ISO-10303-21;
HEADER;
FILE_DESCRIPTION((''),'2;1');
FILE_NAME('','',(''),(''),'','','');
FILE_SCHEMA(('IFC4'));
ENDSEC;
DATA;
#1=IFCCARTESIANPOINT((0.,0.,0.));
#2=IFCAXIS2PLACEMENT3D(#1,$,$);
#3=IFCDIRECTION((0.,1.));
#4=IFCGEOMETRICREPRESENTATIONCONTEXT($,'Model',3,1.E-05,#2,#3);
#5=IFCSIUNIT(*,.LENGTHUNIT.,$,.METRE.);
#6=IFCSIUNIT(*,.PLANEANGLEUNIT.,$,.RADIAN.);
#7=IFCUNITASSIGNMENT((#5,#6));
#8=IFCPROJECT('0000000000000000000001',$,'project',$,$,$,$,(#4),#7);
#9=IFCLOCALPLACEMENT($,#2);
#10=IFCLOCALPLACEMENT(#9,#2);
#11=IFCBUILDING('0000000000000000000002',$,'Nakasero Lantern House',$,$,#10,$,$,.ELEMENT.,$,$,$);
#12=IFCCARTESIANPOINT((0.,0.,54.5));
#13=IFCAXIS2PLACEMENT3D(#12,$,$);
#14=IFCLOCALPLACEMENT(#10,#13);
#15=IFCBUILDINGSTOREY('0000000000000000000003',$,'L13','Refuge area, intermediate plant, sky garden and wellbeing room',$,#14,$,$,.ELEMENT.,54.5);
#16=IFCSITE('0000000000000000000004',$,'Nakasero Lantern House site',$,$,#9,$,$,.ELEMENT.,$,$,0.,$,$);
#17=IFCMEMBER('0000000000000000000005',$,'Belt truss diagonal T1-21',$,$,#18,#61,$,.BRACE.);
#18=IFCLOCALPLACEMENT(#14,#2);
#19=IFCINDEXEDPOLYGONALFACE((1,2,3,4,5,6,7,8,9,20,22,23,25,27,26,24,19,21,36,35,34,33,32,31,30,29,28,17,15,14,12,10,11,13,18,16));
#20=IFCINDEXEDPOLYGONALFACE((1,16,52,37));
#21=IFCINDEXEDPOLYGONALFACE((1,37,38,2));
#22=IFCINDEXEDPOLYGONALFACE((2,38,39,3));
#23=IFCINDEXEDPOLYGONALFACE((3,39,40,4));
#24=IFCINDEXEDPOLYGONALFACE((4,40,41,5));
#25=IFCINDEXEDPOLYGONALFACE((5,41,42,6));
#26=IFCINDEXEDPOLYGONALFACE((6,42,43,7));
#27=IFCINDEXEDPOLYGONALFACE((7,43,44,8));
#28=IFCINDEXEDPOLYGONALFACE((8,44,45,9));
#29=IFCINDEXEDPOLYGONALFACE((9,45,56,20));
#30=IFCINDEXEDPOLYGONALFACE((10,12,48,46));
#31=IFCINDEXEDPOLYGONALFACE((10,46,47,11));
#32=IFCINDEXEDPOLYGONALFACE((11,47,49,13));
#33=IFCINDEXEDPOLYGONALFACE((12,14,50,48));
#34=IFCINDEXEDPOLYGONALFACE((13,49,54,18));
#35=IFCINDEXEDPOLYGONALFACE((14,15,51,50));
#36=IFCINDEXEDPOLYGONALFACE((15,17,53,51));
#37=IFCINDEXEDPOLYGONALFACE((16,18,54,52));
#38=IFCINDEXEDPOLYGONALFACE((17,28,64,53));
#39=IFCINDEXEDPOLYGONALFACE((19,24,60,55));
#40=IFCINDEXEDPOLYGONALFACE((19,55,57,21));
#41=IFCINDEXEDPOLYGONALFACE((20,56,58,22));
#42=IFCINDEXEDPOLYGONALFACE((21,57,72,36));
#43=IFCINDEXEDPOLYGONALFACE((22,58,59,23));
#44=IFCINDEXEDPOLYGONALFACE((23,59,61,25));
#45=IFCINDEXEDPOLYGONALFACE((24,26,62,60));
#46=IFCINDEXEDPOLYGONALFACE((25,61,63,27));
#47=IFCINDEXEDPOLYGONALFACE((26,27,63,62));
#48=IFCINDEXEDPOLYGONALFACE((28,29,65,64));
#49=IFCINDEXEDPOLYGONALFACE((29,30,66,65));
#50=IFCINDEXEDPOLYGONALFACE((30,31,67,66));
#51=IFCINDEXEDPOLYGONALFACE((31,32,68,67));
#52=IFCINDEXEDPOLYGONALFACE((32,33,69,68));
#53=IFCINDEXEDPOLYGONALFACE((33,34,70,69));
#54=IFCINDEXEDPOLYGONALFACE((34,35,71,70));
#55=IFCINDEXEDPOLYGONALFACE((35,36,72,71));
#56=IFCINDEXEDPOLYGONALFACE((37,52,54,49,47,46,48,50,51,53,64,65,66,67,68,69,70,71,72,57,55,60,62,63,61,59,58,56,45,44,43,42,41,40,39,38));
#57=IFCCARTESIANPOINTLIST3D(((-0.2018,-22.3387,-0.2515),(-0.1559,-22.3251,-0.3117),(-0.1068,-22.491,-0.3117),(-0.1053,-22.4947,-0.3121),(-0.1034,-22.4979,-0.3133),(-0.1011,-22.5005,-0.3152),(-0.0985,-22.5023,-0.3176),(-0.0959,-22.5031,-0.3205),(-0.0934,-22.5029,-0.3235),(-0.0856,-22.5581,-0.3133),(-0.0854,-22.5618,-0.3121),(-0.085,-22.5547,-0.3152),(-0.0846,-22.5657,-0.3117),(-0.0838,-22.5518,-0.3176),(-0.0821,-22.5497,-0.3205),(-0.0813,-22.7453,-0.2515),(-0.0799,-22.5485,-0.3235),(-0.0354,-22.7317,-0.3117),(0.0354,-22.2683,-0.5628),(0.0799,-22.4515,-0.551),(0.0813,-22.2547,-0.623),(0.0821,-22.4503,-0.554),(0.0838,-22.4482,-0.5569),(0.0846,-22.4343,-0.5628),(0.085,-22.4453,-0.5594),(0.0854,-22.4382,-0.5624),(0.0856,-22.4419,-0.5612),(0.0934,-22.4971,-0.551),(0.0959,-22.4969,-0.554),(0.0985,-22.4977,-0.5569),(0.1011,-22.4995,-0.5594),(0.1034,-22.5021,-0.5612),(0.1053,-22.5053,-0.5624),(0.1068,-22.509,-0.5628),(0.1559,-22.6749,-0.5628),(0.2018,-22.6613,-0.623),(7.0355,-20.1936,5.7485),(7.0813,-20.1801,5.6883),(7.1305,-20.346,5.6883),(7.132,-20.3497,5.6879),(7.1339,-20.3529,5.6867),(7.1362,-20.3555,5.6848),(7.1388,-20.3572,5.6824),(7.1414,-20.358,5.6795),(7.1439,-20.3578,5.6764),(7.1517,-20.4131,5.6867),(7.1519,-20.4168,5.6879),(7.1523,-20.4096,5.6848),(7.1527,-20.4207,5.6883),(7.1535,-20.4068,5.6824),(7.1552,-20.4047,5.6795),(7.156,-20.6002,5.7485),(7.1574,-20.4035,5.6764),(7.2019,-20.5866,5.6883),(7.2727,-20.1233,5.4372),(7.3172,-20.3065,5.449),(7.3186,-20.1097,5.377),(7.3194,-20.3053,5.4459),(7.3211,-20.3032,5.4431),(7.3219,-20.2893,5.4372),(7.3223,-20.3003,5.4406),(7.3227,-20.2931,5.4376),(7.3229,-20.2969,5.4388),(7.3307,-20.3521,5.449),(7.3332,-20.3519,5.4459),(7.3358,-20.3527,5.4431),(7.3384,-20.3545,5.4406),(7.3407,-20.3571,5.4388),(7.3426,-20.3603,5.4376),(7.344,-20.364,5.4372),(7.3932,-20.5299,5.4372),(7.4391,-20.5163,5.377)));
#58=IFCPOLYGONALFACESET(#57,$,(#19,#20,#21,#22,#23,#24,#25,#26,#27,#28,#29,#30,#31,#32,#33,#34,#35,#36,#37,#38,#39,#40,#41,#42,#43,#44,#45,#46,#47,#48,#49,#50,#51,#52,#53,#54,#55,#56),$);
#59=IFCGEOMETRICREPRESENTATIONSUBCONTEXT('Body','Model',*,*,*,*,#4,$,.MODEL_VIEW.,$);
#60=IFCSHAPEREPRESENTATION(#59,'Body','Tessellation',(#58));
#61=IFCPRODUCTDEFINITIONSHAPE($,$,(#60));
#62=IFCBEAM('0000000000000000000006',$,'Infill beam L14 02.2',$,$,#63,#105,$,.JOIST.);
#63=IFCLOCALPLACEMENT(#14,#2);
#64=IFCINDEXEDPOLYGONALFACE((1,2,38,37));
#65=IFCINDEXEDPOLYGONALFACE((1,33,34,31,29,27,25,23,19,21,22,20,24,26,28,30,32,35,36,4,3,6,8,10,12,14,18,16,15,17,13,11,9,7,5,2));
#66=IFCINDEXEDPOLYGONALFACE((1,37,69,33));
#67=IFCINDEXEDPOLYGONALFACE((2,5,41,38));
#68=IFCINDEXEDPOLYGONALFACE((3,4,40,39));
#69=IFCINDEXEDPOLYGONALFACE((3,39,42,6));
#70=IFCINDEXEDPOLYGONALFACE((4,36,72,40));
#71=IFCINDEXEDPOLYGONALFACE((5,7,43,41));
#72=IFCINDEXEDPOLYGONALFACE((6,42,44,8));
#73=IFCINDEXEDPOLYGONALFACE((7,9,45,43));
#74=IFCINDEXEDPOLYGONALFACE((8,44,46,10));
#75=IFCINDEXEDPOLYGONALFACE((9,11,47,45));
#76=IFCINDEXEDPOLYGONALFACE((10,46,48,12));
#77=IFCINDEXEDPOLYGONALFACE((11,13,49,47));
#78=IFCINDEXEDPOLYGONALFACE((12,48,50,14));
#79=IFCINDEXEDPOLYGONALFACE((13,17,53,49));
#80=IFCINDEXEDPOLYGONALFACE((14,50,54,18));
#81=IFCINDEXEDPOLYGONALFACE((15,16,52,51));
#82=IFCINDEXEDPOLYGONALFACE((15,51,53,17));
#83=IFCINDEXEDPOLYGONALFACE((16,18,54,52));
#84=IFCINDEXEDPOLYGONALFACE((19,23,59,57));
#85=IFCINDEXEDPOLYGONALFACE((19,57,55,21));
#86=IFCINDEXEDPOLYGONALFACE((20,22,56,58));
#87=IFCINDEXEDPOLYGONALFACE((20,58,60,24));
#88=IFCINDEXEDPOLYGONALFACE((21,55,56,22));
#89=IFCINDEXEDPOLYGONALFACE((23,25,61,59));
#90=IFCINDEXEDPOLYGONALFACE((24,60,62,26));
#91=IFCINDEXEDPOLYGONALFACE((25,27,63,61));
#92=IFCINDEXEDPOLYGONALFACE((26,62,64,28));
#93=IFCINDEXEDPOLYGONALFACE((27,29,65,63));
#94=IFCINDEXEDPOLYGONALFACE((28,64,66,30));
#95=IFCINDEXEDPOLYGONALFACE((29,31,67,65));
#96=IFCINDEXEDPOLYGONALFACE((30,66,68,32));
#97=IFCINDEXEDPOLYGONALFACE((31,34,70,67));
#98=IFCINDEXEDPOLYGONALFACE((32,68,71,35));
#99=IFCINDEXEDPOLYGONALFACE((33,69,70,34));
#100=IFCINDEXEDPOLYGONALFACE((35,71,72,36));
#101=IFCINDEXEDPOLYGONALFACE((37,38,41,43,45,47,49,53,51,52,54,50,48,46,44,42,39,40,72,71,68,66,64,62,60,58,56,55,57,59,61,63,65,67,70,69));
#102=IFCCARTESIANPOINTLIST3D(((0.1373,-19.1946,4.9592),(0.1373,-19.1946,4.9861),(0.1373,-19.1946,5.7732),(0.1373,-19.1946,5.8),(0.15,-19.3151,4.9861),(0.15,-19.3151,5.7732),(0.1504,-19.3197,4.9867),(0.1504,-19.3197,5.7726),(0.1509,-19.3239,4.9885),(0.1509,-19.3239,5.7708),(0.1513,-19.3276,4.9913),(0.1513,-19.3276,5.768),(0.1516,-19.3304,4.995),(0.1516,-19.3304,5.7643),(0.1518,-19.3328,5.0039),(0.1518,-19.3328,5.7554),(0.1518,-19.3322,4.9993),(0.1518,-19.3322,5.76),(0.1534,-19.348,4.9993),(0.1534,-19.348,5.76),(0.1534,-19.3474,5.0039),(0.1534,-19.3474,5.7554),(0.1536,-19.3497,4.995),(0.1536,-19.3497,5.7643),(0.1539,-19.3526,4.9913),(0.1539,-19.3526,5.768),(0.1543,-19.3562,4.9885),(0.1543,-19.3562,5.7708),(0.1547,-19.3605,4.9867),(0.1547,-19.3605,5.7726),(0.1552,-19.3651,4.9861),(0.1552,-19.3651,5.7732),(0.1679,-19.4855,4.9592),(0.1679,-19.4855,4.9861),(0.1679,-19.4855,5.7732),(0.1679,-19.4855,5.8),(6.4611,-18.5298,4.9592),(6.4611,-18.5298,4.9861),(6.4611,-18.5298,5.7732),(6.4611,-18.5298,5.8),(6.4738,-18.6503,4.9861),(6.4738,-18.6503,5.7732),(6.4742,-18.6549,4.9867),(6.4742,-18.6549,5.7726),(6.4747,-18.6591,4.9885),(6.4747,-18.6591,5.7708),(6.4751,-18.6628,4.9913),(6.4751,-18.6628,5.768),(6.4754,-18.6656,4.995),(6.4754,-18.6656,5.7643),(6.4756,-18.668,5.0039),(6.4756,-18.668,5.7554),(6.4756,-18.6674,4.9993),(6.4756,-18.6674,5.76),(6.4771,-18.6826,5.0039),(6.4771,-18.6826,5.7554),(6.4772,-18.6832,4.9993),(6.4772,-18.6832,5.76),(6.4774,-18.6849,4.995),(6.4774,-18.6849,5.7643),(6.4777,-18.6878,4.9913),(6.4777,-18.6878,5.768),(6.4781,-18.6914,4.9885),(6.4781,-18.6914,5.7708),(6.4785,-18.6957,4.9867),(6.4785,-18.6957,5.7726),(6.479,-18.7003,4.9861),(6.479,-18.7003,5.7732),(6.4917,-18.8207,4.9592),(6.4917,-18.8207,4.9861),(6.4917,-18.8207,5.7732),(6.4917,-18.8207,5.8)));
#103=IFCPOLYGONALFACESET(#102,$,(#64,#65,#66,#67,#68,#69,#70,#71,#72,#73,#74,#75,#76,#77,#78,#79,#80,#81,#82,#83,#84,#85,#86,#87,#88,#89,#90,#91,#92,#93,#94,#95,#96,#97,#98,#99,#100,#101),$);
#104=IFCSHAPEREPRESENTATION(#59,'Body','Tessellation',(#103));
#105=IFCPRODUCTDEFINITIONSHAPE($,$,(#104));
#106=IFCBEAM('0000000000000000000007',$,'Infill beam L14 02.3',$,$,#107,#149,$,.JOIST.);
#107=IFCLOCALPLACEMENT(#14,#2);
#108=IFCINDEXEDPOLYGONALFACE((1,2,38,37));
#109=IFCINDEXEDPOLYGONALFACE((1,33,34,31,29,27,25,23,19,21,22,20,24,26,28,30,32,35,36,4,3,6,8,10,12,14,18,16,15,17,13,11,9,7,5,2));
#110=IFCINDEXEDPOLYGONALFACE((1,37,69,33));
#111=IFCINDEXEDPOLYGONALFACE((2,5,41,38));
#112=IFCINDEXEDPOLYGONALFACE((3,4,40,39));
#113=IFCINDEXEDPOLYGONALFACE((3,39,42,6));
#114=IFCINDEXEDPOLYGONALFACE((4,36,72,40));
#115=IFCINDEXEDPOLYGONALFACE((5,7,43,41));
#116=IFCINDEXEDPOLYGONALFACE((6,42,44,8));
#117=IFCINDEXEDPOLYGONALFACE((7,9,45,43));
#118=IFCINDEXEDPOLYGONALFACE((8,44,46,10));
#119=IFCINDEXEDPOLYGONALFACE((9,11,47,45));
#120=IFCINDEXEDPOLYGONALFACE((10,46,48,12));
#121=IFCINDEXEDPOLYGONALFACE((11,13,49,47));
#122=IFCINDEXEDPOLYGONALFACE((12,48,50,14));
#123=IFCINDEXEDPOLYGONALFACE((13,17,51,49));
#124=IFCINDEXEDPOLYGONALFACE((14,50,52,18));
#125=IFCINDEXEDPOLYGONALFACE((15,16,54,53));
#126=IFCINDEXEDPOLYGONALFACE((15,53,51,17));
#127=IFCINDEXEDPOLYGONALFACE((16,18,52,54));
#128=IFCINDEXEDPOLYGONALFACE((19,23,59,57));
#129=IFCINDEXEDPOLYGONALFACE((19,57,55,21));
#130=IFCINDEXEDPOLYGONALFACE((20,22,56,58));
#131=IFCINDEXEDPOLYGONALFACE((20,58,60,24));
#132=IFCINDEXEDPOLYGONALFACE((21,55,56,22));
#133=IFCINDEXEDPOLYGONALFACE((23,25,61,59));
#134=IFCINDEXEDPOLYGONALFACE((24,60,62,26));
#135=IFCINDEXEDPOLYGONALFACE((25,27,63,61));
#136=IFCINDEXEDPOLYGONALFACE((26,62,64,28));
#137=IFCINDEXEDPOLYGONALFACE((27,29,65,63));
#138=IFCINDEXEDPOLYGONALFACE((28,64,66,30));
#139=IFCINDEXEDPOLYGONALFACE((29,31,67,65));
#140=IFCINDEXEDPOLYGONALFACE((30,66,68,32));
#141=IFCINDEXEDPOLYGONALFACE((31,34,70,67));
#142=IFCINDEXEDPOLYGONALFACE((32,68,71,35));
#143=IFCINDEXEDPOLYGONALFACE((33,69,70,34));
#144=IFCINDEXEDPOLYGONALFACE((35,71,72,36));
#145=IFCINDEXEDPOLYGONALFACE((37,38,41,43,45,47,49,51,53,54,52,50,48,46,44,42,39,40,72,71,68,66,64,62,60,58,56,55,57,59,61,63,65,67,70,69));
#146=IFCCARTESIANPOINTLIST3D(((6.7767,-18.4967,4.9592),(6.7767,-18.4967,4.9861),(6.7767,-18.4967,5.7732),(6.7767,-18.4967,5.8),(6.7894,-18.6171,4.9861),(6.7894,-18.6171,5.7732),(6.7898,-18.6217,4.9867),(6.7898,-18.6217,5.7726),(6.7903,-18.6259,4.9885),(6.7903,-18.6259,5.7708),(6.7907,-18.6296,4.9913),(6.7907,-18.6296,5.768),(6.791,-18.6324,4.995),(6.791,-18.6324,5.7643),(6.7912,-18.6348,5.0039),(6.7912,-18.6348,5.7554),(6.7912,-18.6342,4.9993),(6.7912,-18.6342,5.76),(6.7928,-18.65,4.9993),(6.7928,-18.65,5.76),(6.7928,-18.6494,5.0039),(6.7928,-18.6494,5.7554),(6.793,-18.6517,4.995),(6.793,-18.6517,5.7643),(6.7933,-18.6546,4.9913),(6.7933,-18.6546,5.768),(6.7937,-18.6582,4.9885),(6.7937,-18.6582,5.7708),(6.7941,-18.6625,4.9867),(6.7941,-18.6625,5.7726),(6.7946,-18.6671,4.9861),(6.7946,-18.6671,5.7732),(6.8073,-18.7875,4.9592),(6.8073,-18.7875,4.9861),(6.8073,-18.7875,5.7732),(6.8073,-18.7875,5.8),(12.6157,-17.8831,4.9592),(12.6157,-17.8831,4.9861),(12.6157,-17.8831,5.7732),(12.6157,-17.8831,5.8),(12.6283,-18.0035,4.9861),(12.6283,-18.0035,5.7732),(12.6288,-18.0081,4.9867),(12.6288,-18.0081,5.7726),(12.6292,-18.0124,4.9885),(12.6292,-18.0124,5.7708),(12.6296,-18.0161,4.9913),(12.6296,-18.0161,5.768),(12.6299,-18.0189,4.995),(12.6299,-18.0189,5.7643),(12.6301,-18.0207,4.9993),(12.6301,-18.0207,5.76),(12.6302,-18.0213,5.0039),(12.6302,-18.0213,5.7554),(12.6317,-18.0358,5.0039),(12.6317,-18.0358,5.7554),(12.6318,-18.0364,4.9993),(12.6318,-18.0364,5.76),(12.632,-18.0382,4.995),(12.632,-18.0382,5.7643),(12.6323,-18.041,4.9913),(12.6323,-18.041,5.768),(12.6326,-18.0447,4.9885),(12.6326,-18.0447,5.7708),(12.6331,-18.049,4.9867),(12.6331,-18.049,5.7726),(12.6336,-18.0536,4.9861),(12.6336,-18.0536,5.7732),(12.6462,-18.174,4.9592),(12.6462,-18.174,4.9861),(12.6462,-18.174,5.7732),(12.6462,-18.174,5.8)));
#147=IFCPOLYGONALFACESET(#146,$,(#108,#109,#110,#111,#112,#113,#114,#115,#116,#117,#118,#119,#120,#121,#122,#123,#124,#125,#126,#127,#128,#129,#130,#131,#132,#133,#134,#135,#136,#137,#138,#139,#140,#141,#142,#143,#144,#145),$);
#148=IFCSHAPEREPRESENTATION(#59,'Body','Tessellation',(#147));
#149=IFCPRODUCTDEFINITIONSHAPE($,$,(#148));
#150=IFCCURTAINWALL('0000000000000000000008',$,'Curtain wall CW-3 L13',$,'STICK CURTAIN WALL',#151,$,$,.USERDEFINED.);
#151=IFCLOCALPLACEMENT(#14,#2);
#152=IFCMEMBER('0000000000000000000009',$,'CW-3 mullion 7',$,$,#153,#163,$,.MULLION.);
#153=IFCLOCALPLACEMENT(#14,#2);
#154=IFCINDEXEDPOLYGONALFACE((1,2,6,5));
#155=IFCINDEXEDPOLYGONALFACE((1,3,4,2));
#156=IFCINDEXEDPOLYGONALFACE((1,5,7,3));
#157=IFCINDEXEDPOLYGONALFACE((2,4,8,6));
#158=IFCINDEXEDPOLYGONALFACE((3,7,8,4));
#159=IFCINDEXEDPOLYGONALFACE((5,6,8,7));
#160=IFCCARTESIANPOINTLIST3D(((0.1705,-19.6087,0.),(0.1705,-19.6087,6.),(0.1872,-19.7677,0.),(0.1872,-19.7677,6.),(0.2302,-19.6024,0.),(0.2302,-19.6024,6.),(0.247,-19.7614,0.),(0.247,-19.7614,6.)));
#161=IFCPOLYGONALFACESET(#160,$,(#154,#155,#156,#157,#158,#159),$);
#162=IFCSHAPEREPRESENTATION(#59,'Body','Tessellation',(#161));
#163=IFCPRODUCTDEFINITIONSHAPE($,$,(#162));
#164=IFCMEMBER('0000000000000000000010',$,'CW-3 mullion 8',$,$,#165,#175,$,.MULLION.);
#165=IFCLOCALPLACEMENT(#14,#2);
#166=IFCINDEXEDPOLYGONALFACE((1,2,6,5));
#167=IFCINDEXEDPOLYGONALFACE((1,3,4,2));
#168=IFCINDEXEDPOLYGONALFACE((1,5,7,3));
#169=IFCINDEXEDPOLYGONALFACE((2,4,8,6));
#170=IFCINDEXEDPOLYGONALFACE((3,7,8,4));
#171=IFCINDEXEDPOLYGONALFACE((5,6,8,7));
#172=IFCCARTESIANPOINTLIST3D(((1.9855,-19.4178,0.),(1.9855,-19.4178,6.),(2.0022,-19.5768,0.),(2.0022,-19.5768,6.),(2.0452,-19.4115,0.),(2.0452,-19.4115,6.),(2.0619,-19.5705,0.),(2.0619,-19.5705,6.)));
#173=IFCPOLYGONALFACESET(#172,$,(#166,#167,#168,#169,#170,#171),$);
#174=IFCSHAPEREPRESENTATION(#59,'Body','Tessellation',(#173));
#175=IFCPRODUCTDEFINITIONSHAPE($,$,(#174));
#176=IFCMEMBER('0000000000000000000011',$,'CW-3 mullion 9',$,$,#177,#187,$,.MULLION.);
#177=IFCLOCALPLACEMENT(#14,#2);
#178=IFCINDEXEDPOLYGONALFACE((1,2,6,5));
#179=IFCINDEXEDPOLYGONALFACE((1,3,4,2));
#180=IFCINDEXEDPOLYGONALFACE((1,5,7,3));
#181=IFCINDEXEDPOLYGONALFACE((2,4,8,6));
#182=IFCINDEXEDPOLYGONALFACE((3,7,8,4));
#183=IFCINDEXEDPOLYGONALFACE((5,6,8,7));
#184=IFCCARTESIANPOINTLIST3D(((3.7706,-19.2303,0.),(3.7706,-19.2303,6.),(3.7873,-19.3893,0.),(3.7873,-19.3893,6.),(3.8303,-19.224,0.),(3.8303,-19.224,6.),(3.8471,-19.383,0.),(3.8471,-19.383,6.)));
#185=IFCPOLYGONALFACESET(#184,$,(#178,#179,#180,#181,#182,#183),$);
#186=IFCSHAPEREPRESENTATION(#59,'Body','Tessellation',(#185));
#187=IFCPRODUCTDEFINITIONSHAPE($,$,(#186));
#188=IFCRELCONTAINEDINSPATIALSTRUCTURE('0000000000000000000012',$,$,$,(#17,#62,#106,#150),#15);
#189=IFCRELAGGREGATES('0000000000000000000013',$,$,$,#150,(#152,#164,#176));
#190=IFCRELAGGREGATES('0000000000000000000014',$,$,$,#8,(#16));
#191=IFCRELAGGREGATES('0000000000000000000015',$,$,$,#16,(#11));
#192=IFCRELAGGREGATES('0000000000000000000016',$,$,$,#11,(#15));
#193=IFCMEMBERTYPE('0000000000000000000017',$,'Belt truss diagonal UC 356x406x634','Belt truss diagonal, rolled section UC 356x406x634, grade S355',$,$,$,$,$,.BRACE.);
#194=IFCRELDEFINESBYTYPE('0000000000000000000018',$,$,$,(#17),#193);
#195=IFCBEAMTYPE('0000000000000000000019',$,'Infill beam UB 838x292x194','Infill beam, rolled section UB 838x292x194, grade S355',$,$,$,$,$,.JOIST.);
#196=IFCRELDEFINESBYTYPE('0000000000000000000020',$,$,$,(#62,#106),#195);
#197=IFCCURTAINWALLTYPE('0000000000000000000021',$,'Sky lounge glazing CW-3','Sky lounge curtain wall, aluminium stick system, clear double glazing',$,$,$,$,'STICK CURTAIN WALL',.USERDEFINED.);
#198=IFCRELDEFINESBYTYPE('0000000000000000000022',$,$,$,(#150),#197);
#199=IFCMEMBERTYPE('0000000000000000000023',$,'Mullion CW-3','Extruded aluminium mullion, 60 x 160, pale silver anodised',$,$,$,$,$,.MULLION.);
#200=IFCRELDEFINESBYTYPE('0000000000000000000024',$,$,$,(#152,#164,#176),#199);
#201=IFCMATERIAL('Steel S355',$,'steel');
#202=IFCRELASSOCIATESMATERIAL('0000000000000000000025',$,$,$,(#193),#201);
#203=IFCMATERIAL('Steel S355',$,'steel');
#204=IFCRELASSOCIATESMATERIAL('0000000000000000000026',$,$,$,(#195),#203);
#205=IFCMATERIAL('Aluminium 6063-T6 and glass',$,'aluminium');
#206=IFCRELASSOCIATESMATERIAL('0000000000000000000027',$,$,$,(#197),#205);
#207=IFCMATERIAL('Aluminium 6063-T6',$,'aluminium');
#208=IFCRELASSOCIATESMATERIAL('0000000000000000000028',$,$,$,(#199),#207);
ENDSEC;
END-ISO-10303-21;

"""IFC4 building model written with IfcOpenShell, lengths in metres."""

from ifc_helpers import new_model, si_unit, direction, frame, origin, origin_2d, place, context, subcontext, project, spatial, rectangle, i_section, extrude, material, material_profile, profile_set, type_object, element, aggregate, save


model = new_model("IFC4")

# Units and contexts
model_context = context("Model", 3, precision=1e-05, world=origin(), true_north=direction((0.0, 1.0)))
body_context = subcontext(model_context, "Body", "Model", "MODEL_VIEW")
ifc_project = project(units=[si_unit("LENGTHUNIT", "METRE"), si_unit("PLANEANGLEUNIT", "RADIAN")], contexts=[model_context])

# Site, building, storey
site_placement = place(None, origin())
site = spatial("IfcSite", under=ifc_project, at=site_placement, Name="Nakasero Lantern House site", CompositionType="ELEMENT", RefElevation=0.0)
building_placement = place(site_placement, origin())
building = spatial("IfcBuilding", under=site, at=building_placement, Name="Nakasero Lantern House", CompositionType="ELEMENT")
storey_placement = place(building_placement, frame((0.0, 0.0, 54.5)))
storey = spatial("IfcBuildingStorey", under=building, at=storey_placement, Name="L13", Description="Refuge area, intermediate plant, sky garden and wellbeing room", CompositionType="ELEMENT", Elevation=54.5)

# Member
ifc_material_1 = material(Name="Steel S355", Category="steel")
ifc_material_profile_1 = material_profile(ifc_material_1, i_section(OverallWidth=0.4241, OverallDepth=0.4746, WebThickness=0.0476, FlangeThickness=0.0769, FilletRadius=0.0151, at=origin_2d()), Name="UC 356x406x634")
ifc_profile_set_1 = profile_set([ifc_material_profile_1], Name="Steel S355")
member_type_1 = type_object("IfcMemberType", Name="Belt truss diagonal UC 356x406x634", Description="Belt truss diagonal, rolled section UC 356x406x634, grade S355", PredefinedType="BRACE", material=ifc_profile_set_1)
member_1_placement = place(storey_placement, frame((0.0, -22.5, -0.4373), z_axis=(0.750556, 0.222452, 0.622239), x_axis=(-0.284165, 0.958775, 0.0)))
element("IfcMember", 1, at=member_1_placement, inside=storey, type_object=member_type_1, Name="Belt truss diagonal T1-21", PredefinedType="BRACE", context=body_context, shape_type="SweptSolid", body=[
    extrude(i_section(OverallWidth=0.4241, OverallDepth=0.4746, WebThickness=0.0476, FlangeThickness=0.0769, FilletRadius=0.0151, at=origin_2d()), origin(), (0.0, 0.0, 1.0), 9.6426),
])

# Beams
ifc_material_2 = material(Name="Steel S355", Category="steel")
ifc_material_profile_2 = material_profile(ifc_material_2, i_section(OverallWidth=0.2925, OverallDepth=0.8408, WebThickness=0.0146, FlangeThickness=0.0269, FilletRadius=0.0178, at=origin_2d()), Name="UB 838x292x194")
ifc_profile_set_2 = profile_set([ifc_material_profile_2], Name="Steel S355")
beam_type_1 = type_object("IfcBeamType", Name="Infill beam UB 838x292x194", Description="Infill beam, rolled section UB 838x292x194, grade S355", PredefinedType="JOIST", material=ifc_profile_set_2)
beam_1_placement = place(storey_placement, frame((0.1526, -19.3401, 5.3796), z_axis=(0.99452, 0.104551, 0.0), x_axis=(-0.104551, 0.99452, 0.0)))
element("IfcBeam", 2, at=beam_1_placement, inside=storey, type_object=beam_type_1, Name="Infill beam L14 02.2", PredefinedType="JOIST", context=body_context, shape_type="SweptSolid", body=[
    extrude(i_section(OverallWidth=0.2925, OverallDepth=0.8408, WebThickness=0.0146, FlangeThickness=0.0269, FilletRadius=0.0178, at=origin_2d()), origin(), (0.0, 0.0, 1.0), 6.3586),
])
beam_2_placement = place(storey_placement, frame((6.792, -18.6421, 5.3796), z_axis=(0.994525, 0.104501, 0.0), x_axis=(-0.104501, 0.994525, 0.0)))
element("IfcBeam", 3, at=beam_2_placement, inside=storey, type_object=beam_type_1, Name="Infill beam L14 02.3", PredefinedType="JOIST", context=body_context, shape_type="SweptSolid", body=[
    extrude(i_section(OverallWidth=0.2925, OverallDepth=0.8408, WebThickness=0.0146, FlangeThickness=0.0269, FilletRadius=0.0178, at=origin_2d()), origin(), (0.0, 0.0, 1.0), 5.8711),
])

# Curtain wall, members
ifc_material_3 = material(Name="Aluminium 6063-T6 and glass", Category="aluminium")
curtain_wall_type = type_object("IfcCurtainWallType", Name="Sky lounge glazing CW-3", Description="Sky lounge curtain wall, aluminium stick system, clear double glazing", ElementType="STICK CURTAIN WALL", PredefinedType="USERDEFINED", material=ifc_material_3)
curtain_wall_1_placement = place(storey_placement, origin())
curtain_wall_1 = element("IfcCurtainWall", 4, at=curtain_wall_1_placement, inside=storey, type_object=curtain_wall_type, Name="Curtain wall CW-3 L13", ObjectType="STICK CURTAIN WALL", PredefinedType="USERDEFINED")
ifc_material_4 = material(Name="Aluminium 6063-T6", Category="aluminium")
ifc_material_profile_3 = material_profile(ifc_material_4, rectangle(XDim=0.0601, YDim=0.1599, at=origin_2d()), Name="CW-3 mullion 60x160")
ifc_profile_set_3 = profile_set([ifc_material_profile_3], Name="Aluminium 6063-T6")
member_type_2 = type_object("IfcMemberType", Name="Mullion CW-3", Description="Extruded aluminium mullion, 60 x 160, pale silver anodised", PredefinedType="MULLION", material=ifc_profile_set_3)
member_2_placement = place(storey_placement, frame((0.2087, -19.6851, 0.0), z_axis=(0.0, 0.0, 1.0), x_axis=(0.994522, 0.104528, 0.0)))
member_2 = element("IfcMember", 5, at=member_2_placement, type_object=member_type_2, Name="CW-3 mullion 7", PredefinedType="MULLION", context=body_context, shape_type="SweptSolid", body=[
    extrude(rectangle(XDim=0.0601, YDim=0.1599, at=origin_2d()), origin(), (0.0, 0.0, 1.0), 6.0),
])
member_3_placement = place(storey_placement, frame((2.0237, -19.4941, 0.0), z_axis=(0.0, 0.0, 1.0), x_axis=(0.994522, 0.104528, 0.0)))
member_3 = element("IfcMember", 6, at=member_3_placement, type_object=member_type_2, Name="CW-3 mullion 8", PredefinedType="MULLION", context=body_context, shape_type="SweptSolid", body=[
    extrude(rectangle(XDim=0.0601, YDim=0.1599, at=origin_2d()), origin(), (0.0, 0.0, 1.0), 6.0),
])
member_4_placement = place(storey_placement, frame((3.8088, -19.3066, 0.0), z_axis=(0.0, 0.0, 1.0), x_axis=(0.994522, 0.104528, 0.0)))
member_4 = element("IfcMember", 7, at=member_4_placement, type_object=member_type_2, Name="CW-3 mullion 9", PredefinedType="MULLION", context=body_context, shape_type="SweptSolid", body=[
    extrude(rectangle(XDim=0.0601, YDim=0.1599, at=origin_2d()), origin(), (0.0, 0.0, 1.0), 6.0),
])

aggregate(curtain_wall_1, [member_2, member_3, member_4])

save(model, "model.ifc")
